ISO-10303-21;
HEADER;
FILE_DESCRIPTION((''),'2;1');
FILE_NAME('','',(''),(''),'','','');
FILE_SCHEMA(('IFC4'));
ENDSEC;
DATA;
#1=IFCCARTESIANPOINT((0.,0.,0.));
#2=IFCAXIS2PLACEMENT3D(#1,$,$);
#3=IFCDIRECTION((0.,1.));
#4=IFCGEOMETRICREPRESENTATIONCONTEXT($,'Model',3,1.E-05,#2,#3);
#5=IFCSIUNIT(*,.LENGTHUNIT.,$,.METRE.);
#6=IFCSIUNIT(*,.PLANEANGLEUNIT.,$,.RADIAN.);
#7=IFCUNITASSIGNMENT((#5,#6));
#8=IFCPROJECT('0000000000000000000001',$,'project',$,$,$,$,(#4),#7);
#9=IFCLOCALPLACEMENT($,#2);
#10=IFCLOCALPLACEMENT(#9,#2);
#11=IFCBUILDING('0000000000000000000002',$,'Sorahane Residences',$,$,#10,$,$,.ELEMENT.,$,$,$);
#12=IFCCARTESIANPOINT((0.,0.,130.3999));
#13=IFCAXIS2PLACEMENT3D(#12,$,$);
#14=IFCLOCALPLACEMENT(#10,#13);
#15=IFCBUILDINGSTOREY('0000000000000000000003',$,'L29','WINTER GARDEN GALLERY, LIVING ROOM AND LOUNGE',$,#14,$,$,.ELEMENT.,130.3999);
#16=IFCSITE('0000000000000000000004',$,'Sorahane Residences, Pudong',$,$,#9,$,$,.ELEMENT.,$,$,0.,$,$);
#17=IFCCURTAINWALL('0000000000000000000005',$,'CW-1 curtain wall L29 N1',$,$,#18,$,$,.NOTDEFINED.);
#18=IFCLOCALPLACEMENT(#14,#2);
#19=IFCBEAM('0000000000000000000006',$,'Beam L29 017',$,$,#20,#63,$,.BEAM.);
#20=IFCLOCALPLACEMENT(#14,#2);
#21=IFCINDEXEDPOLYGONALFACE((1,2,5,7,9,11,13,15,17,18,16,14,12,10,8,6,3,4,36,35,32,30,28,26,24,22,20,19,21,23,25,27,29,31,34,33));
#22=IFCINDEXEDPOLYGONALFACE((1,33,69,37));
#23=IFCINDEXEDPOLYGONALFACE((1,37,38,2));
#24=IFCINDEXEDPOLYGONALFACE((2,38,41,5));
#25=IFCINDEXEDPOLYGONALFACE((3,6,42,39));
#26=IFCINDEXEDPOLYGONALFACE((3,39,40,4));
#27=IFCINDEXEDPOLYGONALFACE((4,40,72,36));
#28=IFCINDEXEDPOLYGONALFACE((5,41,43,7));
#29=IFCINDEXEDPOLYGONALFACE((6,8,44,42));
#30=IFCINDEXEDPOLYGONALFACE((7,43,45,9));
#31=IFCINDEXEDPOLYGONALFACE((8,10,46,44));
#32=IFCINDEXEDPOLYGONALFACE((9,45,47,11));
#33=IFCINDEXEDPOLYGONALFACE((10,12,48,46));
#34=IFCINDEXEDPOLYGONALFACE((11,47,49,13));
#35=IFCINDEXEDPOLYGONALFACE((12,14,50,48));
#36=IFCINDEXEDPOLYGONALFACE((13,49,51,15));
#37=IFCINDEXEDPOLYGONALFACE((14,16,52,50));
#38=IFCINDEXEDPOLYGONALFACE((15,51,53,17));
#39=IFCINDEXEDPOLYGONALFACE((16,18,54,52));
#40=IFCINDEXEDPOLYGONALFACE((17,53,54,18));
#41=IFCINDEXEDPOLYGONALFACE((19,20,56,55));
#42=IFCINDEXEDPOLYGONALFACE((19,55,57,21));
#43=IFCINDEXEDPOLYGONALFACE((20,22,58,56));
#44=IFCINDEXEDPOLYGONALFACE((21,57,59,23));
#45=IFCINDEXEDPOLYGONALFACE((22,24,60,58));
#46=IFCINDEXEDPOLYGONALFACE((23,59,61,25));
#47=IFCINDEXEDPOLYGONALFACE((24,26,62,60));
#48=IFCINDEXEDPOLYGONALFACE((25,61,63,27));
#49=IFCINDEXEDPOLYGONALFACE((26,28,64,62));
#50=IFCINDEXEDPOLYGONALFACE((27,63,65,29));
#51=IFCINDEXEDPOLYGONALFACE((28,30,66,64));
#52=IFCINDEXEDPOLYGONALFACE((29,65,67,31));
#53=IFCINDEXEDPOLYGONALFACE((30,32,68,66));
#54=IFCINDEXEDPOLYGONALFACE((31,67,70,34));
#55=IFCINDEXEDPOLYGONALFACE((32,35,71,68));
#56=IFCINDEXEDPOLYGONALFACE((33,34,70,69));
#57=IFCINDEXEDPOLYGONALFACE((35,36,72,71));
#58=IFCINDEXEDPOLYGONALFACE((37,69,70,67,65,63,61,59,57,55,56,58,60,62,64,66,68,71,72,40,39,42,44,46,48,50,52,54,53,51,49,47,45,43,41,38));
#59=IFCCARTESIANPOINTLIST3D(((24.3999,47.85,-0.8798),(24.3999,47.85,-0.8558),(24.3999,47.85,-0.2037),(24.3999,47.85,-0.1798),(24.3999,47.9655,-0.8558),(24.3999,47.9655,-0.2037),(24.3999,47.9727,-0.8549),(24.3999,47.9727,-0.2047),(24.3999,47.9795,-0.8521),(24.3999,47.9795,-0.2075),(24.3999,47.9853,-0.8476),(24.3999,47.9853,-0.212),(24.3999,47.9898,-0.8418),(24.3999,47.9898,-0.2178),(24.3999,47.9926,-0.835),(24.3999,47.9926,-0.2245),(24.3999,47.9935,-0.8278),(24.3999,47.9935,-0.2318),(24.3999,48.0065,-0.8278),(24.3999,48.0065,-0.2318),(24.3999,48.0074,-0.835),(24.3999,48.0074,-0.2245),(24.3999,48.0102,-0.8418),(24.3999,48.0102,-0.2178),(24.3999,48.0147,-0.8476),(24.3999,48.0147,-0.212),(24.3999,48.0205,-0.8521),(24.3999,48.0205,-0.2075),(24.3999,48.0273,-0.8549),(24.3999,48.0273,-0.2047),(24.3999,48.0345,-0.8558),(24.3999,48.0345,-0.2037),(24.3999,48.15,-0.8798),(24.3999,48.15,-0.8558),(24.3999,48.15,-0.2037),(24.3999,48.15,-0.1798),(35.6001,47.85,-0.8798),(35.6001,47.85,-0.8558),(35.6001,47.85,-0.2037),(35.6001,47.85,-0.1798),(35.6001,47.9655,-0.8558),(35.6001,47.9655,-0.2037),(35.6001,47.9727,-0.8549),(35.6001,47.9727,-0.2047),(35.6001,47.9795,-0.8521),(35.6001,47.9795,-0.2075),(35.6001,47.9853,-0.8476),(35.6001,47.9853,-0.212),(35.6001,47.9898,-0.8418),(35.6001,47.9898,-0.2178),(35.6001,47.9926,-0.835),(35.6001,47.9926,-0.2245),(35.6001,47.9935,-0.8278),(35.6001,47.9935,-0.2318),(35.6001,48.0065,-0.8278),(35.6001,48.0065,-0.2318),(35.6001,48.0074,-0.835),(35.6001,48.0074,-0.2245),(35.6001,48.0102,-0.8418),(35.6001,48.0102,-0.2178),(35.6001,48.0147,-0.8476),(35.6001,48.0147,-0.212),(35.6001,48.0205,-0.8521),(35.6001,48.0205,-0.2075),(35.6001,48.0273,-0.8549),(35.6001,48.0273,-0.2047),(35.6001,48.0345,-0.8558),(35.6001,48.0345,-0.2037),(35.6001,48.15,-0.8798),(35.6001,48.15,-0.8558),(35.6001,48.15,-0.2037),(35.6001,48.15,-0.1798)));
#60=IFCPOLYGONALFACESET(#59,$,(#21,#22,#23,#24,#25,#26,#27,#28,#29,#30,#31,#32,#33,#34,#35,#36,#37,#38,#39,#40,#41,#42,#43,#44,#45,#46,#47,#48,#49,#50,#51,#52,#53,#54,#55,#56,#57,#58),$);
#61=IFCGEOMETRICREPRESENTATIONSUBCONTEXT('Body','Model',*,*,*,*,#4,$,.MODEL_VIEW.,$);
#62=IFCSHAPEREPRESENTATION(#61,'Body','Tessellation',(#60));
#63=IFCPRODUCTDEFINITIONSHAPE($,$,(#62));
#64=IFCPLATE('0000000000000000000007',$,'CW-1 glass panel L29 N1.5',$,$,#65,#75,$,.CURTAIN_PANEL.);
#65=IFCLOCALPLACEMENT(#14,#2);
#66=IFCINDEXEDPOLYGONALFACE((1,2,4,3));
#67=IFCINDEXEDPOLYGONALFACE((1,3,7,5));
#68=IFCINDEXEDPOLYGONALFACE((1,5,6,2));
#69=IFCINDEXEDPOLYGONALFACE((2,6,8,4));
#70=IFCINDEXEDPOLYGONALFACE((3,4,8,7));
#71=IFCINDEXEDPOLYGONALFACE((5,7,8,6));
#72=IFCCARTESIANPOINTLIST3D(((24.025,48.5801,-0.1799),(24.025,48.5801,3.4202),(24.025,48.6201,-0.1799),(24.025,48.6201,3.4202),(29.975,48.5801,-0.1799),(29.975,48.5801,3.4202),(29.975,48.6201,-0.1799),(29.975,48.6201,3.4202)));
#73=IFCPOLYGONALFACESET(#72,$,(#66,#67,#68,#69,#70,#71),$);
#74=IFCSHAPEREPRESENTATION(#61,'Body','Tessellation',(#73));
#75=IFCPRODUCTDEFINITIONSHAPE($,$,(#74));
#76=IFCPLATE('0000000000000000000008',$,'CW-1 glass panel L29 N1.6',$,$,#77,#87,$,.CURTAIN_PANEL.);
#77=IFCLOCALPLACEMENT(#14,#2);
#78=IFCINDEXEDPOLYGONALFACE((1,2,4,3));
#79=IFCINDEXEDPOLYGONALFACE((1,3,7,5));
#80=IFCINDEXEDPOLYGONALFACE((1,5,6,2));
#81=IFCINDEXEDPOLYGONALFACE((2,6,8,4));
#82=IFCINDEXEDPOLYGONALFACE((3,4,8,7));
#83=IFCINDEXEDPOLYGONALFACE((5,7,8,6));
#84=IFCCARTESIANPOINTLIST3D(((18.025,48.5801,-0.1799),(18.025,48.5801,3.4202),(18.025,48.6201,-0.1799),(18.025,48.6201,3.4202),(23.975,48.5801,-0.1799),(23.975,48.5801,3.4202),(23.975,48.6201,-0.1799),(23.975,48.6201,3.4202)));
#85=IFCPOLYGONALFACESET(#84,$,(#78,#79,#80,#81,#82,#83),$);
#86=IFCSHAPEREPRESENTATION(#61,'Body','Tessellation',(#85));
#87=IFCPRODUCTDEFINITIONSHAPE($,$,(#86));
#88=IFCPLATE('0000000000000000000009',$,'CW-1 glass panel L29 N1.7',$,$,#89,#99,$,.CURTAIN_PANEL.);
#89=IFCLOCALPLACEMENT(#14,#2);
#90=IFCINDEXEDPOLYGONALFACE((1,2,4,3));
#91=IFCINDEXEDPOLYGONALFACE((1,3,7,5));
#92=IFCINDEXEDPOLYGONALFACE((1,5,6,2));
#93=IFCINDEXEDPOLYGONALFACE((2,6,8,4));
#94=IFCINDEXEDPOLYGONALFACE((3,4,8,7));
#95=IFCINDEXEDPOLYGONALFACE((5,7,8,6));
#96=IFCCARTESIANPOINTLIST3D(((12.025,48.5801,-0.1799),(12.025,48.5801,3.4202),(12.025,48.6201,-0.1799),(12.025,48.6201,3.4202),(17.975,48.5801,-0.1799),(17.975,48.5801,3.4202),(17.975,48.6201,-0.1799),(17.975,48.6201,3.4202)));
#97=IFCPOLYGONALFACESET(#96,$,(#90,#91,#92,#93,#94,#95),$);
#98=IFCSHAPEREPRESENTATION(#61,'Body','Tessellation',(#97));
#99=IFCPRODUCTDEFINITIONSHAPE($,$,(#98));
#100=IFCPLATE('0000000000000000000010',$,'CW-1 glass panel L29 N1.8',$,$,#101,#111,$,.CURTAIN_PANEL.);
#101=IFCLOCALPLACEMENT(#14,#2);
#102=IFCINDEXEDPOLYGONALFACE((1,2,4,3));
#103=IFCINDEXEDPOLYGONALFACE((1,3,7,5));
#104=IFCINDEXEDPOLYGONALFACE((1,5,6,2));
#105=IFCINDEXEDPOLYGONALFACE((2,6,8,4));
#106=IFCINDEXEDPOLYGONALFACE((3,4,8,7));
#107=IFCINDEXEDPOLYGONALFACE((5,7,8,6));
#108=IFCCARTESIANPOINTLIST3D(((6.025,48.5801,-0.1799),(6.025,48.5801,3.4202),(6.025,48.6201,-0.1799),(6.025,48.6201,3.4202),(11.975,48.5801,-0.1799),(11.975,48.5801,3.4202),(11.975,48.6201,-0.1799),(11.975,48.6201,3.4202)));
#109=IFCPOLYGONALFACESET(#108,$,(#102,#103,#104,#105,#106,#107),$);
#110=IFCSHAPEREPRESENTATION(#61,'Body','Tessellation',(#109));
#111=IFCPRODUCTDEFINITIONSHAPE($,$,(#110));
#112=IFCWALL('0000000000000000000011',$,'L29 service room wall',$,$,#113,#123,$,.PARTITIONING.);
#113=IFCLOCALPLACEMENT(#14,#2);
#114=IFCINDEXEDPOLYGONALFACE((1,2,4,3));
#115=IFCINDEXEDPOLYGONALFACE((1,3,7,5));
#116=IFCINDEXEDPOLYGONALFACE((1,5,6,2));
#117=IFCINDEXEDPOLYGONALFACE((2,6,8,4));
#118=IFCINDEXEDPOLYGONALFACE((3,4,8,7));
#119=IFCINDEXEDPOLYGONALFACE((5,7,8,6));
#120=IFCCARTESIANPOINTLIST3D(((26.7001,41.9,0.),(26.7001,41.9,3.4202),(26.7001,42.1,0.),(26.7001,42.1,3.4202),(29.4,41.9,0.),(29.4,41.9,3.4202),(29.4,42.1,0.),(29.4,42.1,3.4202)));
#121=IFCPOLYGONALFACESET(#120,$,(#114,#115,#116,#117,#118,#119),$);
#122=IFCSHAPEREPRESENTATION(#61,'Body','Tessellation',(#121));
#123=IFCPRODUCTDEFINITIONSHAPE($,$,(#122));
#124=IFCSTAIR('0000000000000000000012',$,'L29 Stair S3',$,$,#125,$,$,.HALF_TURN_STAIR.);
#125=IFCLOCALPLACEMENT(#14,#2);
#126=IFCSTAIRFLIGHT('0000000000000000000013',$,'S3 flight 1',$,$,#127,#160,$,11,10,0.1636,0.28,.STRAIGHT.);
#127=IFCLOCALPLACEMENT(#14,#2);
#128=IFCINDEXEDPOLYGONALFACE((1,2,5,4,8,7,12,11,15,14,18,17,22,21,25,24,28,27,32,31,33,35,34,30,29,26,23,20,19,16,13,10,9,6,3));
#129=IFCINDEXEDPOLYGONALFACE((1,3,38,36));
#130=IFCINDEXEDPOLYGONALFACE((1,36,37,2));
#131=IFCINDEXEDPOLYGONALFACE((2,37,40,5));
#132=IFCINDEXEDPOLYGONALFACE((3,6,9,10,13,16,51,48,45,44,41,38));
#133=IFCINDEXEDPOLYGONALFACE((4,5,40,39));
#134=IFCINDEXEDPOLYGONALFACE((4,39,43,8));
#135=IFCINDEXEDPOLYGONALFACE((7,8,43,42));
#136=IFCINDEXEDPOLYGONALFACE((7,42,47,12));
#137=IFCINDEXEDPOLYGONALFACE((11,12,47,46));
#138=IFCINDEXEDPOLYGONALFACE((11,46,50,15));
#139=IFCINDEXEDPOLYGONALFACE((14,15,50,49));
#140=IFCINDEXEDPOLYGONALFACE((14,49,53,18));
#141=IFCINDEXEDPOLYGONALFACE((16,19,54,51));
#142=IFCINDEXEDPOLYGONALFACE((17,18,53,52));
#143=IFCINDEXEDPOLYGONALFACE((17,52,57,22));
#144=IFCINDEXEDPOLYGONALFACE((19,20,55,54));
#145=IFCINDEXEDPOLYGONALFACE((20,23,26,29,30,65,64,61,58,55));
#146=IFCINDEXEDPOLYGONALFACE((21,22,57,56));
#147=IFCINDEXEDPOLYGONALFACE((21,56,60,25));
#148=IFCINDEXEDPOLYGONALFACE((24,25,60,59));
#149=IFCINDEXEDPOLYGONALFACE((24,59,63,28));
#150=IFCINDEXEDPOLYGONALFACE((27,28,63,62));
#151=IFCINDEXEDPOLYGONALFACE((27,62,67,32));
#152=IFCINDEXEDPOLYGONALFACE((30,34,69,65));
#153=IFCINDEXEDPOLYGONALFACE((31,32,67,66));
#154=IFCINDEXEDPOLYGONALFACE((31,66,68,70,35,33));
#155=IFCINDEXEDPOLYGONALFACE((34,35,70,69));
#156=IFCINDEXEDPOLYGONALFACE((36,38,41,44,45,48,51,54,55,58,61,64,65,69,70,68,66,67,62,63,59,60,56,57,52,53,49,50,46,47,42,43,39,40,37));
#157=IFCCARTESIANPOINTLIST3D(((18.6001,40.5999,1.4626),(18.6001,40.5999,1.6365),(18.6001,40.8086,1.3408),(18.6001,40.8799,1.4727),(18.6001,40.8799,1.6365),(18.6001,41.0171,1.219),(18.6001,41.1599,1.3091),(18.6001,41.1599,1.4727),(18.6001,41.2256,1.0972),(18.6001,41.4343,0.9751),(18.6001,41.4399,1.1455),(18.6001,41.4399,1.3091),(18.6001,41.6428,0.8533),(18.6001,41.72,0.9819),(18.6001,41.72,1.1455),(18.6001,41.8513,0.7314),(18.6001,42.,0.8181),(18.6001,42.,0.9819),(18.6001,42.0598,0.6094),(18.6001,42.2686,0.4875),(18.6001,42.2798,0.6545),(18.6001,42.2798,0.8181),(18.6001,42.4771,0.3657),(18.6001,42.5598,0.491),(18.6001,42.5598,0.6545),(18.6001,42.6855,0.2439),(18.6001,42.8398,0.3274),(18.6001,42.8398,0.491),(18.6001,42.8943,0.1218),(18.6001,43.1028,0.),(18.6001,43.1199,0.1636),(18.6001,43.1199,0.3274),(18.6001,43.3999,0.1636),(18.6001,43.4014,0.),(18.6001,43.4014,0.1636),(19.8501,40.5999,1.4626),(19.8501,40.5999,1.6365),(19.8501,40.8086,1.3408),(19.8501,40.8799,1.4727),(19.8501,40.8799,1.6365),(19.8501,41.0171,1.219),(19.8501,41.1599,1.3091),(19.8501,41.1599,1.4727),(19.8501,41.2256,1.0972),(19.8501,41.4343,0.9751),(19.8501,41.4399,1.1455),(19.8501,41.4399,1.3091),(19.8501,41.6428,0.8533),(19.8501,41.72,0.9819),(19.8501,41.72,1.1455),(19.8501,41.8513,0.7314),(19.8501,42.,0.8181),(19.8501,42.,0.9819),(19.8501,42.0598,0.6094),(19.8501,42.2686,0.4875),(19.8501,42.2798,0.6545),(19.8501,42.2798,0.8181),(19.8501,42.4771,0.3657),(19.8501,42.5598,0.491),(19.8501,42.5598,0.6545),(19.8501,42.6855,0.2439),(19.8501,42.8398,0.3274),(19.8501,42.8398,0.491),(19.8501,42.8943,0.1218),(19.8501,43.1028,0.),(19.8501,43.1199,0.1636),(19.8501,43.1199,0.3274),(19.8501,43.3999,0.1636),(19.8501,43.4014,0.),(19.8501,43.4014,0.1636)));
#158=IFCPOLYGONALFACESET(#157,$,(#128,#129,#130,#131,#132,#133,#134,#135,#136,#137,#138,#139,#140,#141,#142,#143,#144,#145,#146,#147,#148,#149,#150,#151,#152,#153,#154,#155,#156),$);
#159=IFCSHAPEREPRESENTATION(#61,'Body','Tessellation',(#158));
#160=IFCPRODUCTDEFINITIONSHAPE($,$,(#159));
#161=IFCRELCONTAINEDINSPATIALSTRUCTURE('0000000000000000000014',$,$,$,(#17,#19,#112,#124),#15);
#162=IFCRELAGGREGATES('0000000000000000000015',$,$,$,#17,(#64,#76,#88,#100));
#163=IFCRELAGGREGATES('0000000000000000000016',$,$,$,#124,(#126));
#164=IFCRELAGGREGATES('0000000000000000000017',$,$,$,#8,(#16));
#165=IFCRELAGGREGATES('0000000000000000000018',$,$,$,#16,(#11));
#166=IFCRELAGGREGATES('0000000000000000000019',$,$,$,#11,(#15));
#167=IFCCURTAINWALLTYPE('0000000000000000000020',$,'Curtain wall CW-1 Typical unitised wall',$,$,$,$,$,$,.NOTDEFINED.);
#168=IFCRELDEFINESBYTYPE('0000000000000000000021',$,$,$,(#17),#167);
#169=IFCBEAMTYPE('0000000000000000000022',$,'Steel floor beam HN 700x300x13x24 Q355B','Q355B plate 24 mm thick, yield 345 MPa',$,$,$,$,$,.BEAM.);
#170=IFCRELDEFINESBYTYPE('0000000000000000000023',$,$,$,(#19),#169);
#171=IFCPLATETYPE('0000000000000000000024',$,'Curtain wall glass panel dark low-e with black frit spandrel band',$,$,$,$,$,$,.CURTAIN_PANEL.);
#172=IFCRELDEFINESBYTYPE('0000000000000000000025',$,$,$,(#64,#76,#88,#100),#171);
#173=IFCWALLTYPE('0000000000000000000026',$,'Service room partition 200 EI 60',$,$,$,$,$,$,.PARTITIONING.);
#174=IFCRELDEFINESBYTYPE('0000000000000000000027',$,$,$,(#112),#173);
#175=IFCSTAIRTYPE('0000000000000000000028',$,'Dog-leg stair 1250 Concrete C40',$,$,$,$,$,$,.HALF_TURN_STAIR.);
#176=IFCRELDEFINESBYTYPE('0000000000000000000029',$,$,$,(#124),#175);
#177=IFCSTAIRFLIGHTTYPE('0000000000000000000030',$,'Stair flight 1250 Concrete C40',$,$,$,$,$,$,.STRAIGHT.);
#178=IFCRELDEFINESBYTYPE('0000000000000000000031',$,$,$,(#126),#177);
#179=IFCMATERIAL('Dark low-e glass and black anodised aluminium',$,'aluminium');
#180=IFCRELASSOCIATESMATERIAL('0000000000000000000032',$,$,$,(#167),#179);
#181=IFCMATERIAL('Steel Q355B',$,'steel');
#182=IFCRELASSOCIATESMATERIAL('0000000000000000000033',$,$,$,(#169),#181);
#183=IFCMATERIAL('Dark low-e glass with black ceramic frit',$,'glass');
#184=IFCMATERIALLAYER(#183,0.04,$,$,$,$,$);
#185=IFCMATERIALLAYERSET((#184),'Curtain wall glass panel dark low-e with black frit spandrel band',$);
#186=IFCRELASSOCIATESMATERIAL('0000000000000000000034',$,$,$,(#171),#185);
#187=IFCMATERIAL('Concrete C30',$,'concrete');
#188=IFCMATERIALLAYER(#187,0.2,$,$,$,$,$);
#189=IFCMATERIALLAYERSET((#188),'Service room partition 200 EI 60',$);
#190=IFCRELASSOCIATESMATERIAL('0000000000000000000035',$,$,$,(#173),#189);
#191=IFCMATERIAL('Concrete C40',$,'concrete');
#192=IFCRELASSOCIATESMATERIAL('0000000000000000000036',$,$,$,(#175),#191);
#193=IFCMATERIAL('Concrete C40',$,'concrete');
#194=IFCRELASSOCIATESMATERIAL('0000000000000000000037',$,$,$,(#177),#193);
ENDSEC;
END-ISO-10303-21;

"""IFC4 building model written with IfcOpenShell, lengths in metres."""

from ifc_helpers import new_model, si_unit, direction, frame, frame_2d, origin, origin_2d, place, context, subcontext, project, spatial, polyline, rectangle, i_section, outline, extrude, material, layer, layer_set, material_profile, profile_set, type_object, element, aggregate, save


model = new_model("IFC4")

# Units and contexts
model_context = context("Model", 3, precision=1e-05, world=origin(), true_north=direction((0.0, 1.0)))
body_context = subcontext(model_context, "Body", "Model", "MODEL_VIEW")
ifc_project = project(units=[si_unit("LENGTHUNIT", "METRE"), si_unit("PLANEANGLEUNIT", "RADIAN")], contexts=[model_context])

# Site, building, storey
site_placement = place(None, origin())
site = spatial("IfcSite", under=ifc_project, at=site_placement, Name="Sorahane Residences, Pudong", CompositionType="ELEMENT", RefElevation=0.0)
building_placement = place(site_placement, origin())
building = spatial("IfcBuilding", under=site, at=building_placement, Name="Sorahane Residences", CompositionType="ELEMENT")
storey_placement = place(building_placement, frame((0.0, 0.0, 130.3999)))
storey = spatial("IfcBuildingStorey", under=building, at=storey_placement, Name="L29", Description="WINTER GARDEN GALLERY, LIVING ROOM AND LOUNGE", CompositionType="ELEMENT", Elevation=130.3999)

# Curtain wall
ifc_material_1 = material(Name="Dark low-e glass and black anodised aluminium", Category="aluminium")
curtain_wall_type = type_object("IfcCurtainWallType", Name="Curtain wall CW-1 Typical unitised wall", PredefinedType="NOTDEFINED", material=ifc_material_1)
curtain_wall_placement = place(storey_placement, origin())
curtain_wall = element("IfcCurtainWall", 1, at=curtain_wall_placement, inside=storey, type_object=curtain_wall_type, Name="CW-1 curtain wall L29 N1", PredefinedType="NOTDEFINED")

# Beam
ifc_material_2 = material(Name="Steel Q355B", Category="steel")
ifc_material_profile_1 = material_profile(ifc_material_2, i_section(OverallWidth=0.3, OverallDepth=0.7, WebThickness=0.0129, FlangeThickness=0.0239, FilletRadius=0.0281, at=origin_2d()), Name="HN 700x300x13x24")
ifc_profile_set_1 = profile_set([ifc_material_profile_1], Name="Steel Q355B")
beam_type_1 = type_object("IfcBeamType", Name="Steel floor beam HN 700x300x13x24 Q355B", Description="Q355B plate 24 mm thick, yield 345 MPa", PredefinedType="BEAM", material=ifc_profile_set_1)
for number, where, z_axis, x_axis, name in (
    (2, (24.3999, 48.0, -0.5298), (1.0, 0.0, 0.0), (0.0, 1.0, 0.0), "Beam L29 017"),
):
    element("IfcBeam", number, at=place(storey_placement, frame(where, z_axis=z_axis, x_axis=x_axis)), inside=storey, type_object=beam_type_1, Name=name, PredefinedType="BEAM", context=body_context, shape_type="SweptSolid", body=[
        extrude(i_section(OverallWidth=0.3, OverallDepth=0.7, WebThickness=0.0129, FlangeThickness=0.0239, FilletRadius=0.0281, at=origin_2d()), origin(), (0.0, 0.0, 1.0), 11.2002),
    ])

# Plates
ifc_material_3 = material(Name="Dark low-e glass with black ceramic frit", Category="glass")
ifc_layer_1 = layer(ifc_material_3, 0.04)
ifc_layer_set_1 = layer_set([ifc_layer_1], Name="Curtain wall glass panel dark low-e with black frit spandrel band")
plate_type = type_object("IfcPlateType", Name="Curtain wall glass panel dark low-e with black frit spandrel band", PredefinedType="CURTAIN_PANEL", material=ifc_layer_set_1)
plate_1_placement = place(storey_placement, frame((27.0, 48.6001, -0.1799), z_axis=(0.0, 0.0, 1.0), x_axis=(-1.0, 0.0, 0.0)))
plate_1 = element("IfcPlate", 3, at=plate_1_placement, type_object=plate_type, Name="CW-1 glass panel L29 N1.5", PredefinedType="CURTAIN_PANEL", context=body_context, shape_type="SweptSolid", body=[
    extrude(rectangle(XDim=5.95, YDim=0.04, at=origin_2d()), origin(), (0.0, 0.0, 1.0), 3.6001),
])
plate_2_placement = place(storey_placement, frame((21.0, 48.6001, -0.1799), z_axis=(0.0, 0.0, 1.0), x_axis=(-1.0, 0.0, 0.0)))
plate_2 = element("IfcPlate", 4, at=plate_2_placement, type_object=plate_type, Name="CW-1 glass panel L29 N1.6", PredefinedType="CURTAIN_PANEL", context=body_context, shape_type="SweptSolid", body=[
    extrude(rectangle(XDim=5.95, YDim=0.04, at=origin_2d()), origin(), (0.0, 0.0, 1.0), 3.6001),
])
plate_3_placement = place(storey_placement, frame((15.0, 48.6001, -0.1799), z_axis=(0.0, 0.0, 1.0), x_axis=(-1.0, 0.0, 0.0)))
plate_3 = element("IfcPlate", 5, at=plate_3_placement, type_object=plate_type, Name="CW-1 glass panel L29 N1.7", PredefinedType="CURTAIN_PANEL", context=body_context, shape_type="SweptSolid", body=[
    extrude(rectangle(XDim=5.95, YDim=0.04, at=origin_2d()), origin(), (0.0, 0.0, 1.0), 3.6001),
])
plate_4_placement = place(storey_placement, frame((9.0, 48.6001, -0.1799), z_axis=(0.0, 0.0, 1.0), x_axis=(-1.0, 0.0, 0.0)))
plate_4 = element("IfcPlate", 6, at=plate_4_placement, type_object=plate_type, Name="CW-1 glass panel L29 N1.8", PredefinedType="CURTAIN_PANEL", context=body_context, shape_type="SweptSolid", body=[
    extrude(rectangle(XDim=5.95, YDim=0.04, at=origin_2d()), origin(), (0.0, 0.0, 1.0), 3.6001),
])
aggregate(curtain_wall, [plate_1, plate_2, plate_3, plate_4])

# Wall
ifc_material_4 = material(Name="Concrete C30", Category="concrete")
ifc_layer_2 = layer(ifc_material_4, 0.2)
ifc_layer_set_2 = layer_set([ifc_layer_2], Name="Service room partition 200 EI 60")
wall_type = type_object("IfcWallType", Name="Service room partition 200 EI 60", PredefinedType="PARTITIONING", material=ifc_layer_set_2)
wall_placement = place(storey_placement, frame((26.7, 42.0, 0.0), z_axis=(0.0, 0.0, 1.0), x_axis=(1.0, 0.0, 0.0)))
element("IfcWall", 7, at=wall_placement, inside=storey, type_object=wall_type, Name="L29 service room wall", PredefinedType="PARTITIONING", context=body_context, shape_type="SweptSolid", body=[
    extrude(rectangle(XDim=2.7, YDim=0.2, at=frame_2d((1.3501, 0.0))), origin(), (0.0, 0.0, 1.0), 3.4202),
])

# Stair, stair flight
ifc_material_5 = material(Name="Concrete C40", Category="concrete")
stair_type = type_object("IfcStairType", Name="Dog-leg stair 1250 Concrete C40", PredefinedType="HALF_TURN_STAIR", material=ifc_material_5)
stair_placement = place(storey_placement, origin())
stair = element("IfcStair", 8, at=stair_placement, inside=storey, type_object=stair_type, Name="L29 Stair S3", PredefinedType="HALF_TURN_STAIR")
ifc_material_6 = material(Name="Concrete C40", Category="concrete")
stair_flight_type = type_object("IfcStairFlightType", Name="Stair flight 1250 Concrete C40", PredefinedType="STRAIGHT", material=ifc_material_6)
stair_flight_placement = place(storey_placement, frame((19.2251, 43.3999, 0.0), z_axis=(0.0, 0.0, 1.0), x_axis=(0.0, -1.0, 0.0)))
stair_flight = element("IfcStairFlight", 9, at=stair_flight_placement, type_object=stair_flight_type, Name="S3 flight 1", NumberOfRisers=11, NumberOfTreads=10, PredefinedType="STRAIGHT", RiserHeight=0.1636, TreadLength=0.28, context=body_context, shape_type="SweptSolid", body=[
    extrude(outline(polyline([(-0.0015, 0.0), (-0.0015, 0.1636), (0.0, 0.1636), (0.28, 0.1636), (0.28, 0.3274), (0.5601, 0.3274), (0.5601, 0.491), (0.8401, 0.491), (0.8401, 0.6545), (1.1201, 0.6545), (1.1201, 0.8181), (1.3999, 0.8181), (1.3999, 0.9819), (1.6799, 0.9819), (1.6799, 1.1455), (1.96, 1.1455), (1.96, 1.3091), (2.24, 1.3091), (2.24, 1.4727), (2.52, 1.4727), (2.52, 1.6365), (2.8, 1.6365), (2.8, 1.8), (2.8, 1.4626), (2.5913, 1.3408), (2.3828, 1.219), (2.1743, 1.0972), (1.9656, 0.9751), (1.7571, 0.8533), (1.5486, 0.7314), (1.3401, 0.6094), (1.1313, 0.4875), (0.9229, 0.3657), (0.7144, 0.2439), (0.5056, 0.1218), (0.2971, 0.0), (-0.0015, 0.0)])), frame((0.0, 0.625, 0.0), z_axis=(0.0, -1.0, 0.0), x_axis=(1.0, 0.0, 0.0)), (0.0, 0.0, 1.0), 1.25),
])
aggregate(stair, [stair_flight])

save(model, "model.ifc")
